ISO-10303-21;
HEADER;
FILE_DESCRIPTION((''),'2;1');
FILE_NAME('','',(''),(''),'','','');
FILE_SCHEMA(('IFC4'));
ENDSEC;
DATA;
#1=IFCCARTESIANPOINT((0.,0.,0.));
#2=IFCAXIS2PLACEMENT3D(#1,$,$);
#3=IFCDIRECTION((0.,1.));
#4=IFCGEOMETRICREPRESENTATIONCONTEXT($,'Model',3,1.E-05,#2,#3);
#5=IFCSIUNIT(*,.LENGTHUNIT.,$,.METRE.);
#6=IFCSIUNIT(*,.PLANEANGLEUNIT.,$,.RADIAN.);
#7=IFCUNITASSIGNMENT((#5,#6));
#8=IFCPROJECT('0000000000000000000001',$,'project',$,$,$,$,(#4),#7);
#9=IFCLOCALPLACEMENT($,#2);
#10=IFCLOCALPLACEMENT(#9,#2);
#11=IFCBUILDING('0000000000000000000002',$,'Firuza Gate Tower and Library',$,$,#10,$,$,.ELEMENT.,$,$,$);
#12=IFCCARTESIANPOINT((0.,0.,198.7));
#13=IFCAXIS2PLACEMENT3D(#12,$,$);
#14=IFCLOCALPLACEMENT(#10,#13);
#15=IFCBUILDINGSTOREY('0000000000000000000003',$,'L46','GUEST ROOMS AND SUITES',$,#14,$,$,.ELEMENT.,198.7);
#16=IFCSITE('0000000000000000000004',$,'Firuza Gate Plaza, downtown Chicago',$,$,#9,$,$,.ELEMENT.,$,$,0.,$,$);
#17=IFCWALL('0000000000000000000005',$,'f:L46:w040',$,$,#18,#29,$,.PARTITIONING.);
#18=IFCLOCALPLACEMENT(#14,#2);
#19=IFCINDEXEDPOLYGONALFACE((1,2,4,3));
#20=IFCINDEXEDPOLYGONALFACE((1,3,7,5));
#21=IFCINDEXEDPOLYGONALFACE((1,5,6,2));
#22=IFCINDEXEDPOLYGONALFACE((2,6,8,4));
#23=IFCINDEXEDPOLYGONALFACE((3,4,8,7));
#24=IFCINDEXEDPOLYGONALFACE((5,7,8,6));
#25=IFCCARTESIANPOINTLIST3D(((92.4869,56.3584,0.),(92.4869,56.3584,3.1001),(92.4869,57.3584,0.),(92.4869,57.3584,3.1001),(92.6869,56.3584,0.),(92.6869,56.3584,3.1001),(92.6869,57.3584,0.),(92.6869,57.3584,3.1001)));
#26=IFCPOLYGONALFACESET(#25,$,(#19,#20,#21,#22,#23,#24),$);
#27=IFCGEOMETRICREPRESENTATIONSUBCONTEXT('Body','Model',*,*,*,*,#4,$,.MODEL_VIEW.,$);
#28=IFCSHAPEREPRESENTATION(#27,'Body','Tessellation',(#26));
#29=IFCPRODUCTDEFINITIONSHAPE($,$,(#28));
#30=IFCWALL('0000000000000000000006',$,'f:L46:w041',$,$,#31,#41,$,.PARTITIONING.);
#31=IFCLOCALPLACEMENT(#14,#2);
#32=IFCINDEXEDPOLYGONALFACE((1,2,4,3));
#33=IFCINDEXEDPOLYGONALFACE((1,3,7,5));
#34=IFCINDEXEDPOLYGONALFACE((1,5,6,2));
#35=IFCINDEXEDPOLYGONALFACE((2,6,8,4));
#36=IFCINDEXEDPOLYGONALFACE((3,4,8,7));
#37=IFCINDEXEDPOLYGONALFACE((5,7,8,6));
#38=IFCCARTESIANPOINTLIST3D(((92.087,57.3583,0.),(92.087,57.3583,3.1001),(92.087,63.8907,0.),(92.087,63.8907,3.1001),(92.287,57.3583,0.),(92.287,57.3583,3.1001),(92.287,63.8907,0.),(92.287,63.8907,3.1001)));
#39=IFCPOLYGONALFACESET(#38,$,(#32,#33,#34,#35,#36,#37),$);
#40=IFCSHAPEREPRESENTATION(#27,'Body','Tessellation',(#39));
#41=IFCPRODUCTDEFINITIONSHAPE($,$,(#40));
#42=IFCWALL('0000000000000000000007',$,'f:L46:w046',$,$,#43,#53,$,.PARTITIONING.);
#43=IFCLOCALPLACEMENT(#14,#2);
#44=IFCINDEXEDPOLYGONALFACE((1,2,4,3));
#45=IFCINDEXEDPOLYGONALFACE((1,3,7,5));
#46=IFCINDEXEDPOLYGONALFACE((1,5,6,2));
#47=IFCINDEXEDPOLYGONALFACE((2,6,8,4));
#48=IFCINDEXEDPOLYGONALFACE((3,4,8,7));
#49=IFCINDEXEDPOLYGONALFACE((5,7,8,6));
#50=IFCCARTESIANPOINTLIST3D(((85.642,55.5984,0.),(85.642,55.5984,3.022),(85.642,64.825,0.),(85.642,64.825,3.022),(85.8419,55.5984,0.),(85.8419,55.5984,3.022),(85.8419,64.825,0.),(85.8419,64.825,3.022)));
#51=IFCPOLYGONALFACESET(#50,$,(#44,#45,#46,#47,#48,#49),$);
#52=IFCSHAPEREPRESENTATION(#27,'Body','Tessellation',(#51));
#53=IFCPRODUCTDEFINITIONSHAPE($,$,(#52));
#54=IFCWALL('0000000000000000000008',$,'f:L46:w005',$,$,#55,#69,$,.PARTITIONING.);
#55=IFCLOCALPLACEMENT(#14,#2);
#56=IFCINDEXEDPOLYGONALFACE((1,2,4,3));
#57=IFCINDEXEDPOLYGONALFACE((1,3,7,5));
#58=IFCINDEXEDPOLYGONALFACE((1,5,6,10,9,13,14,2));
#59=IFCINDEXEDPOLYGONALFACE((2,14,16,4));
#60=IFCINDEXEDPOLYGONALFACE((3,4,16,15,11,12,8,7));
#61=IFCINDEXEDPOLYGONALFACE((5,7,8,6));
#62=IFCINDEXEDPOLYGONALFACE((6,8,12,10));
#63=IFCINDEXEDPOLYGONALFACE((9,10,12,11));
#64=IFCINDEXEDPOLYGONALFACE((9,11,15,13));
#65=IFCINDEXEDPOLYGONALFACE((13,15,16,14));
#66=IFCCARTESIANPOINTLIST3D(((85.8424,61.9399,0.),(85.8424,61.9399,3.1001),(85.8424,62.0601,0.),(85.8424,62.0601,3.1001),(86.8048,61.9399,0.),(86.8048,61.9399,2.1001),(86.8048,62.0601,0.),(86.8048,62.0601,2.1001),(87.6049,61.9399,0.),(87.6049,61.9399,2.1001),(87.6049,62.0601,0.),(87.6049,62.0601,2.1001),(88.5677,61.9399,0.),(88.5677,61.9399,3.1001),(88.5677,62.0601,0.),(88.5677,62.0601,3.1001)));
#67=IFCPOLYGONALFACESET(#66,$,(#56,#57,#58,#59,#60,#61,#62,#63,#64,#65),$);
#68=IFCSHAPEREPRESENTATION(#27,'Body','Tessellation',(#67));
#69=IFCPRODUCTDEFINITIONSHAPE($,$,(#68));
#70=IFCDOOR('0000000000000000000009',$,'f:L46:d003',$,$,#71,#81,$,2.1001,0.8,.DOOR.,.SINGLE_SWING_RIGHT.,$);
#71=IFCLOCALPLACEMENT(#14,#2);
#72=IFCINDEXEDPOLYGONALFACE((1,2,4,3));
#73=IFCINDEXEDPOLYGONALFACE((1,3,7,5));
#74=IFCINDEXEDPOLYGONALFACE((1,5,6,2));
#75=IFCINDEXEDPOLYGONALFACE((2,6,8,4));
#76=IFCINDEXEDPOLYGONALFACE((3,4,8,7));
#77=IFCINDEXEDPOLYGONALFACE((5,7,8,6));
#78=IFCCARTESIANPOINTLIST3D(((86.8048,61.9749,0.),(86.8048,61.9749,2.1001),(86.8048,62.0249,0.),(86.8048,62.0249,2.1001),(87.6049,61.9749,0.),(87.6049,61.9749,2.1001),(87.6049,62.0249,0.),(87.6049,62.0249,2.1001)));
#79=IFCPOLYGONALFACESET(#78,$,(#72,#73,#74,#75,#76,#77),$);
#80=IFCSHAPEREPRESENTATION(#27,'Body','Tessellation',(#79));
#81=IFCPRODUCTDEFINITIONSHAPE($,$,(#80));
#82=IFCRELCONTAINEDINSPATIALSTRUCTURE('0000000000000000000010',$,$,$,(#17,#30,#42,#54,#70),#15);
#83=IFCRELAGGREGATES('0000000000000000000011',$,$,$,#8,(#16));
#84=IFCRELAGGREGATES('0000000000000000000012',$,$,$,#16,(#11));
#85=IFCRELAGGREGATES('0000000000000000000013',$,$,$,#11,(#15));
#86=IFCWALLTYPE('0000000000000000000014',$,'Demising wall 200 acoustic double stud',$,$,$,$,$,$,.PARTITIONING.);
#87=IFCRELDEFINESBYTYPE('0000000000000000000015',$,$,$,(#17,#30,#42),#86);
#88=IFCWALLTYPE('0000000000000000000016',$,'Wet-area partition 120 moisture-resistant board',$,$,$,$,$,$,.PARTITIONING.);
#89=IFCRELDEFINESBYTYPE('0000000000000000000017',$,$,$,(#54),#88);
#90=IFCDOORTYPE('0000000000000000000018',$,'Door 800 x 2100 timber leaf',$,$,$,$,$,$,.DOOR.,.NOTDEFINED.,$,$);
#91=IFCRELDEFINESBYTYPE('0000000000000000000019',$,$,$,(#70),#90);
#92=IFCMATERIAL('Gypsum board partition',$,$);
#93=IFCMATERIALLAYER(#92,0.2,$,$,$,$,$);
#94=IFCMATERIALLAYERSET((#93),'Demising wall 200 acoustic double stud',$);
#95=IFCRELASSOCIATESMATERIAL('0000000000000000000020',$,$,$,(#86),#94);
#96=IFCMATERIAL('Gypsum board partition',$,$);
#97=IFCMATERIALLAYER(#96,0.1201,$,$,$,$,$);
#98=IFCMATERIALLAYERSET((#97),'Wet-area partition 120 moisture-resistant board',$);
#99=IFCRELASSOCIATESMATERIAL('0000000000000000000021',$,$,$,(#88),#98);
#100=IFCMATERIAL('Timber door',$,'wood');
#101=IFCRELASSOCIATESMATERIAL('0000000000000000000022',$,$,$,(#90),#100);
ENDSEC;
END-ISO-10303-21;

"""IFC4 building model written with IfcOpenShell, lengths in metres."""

from ifc_helpers import new_model, si_unit, direction, frame, frame_2d, origin, place, context, subcontext, project, spatial, rectangle, extrude, material, layer, layer_set, type_object, element, fill, save


model = new_model("IFC4")

# Units and contexts
model_context = context("Model", 3, precision=1e-05, world=origin(), true_north=direction((0.0, 1.0)))
body_context = subcontext(model_context, "Body", "Model", "MODEL_VIEW")
ifc_project = project(units=[si_unit("LENGTHUNIT", "METRE"), si_unit("PLANEANGLEUNIT", "RADIAN")], contexts=[model_context])

# Site, building, storey
site_placement = place(None, origin())
site = spatial("IfcSite", under=ifc_project, at=site_placement, Name="Firuza Gate Plaza, downtown Chicago", CompositionType="ELEMENT", RefElevation=0.0)
building_placement = place(site_placement, origin())
building = spatial("IfcBuilding", under=site, at=building_placement, Name="Firuza Gate Tower and Library", CompositionType="ELEMENT")
storey_placement = place(building_placement, frame((0.0, 0.0, 198.7)))
storey = spatial("IfcBuildingStorey", under=building, at=storey_placement, Name="L46", Description="GUEST ROOMS AND SUITES", CompositionType="ELEMENT", Elevation=198.7)

# Walls
ifc_material_1 = material(Name="Gypsum board partition")
ifc_layer_1 = layer(ifc_material_1, 0.2)
ifc_layer_set_1 = layer_set([ifc_layer_1], Name="Demising wall 200 acoustic double stud")
wall_type_1 = type_object("IfcWallType", Name="Demising wall 200 acoustic double stud", PredefinedType="PARTITIONING", material=ifc_layer_set_1)
wall_1_placement = place(storey_placement, frame((92.5869, 56.3584, 0.0), z_axis=(0.0, 0.0, 1.0), x_axis=(0.0, 1.0, 0.0)))
element("IfcWall", 1, at=wall_1_placement, inside=storey, type_object=wall_type_1, Name="f:L46:w040", PredefinedType="PARTITIONING", context=body_context, shape_type="SweptSolid", body=[
    extrude(rectangle(XDim=1.0, YDim=0.2, at=frame_2d((0.5, 0.0))), origin(), (0.0, 0.0, 1.0), 3.1001),
])
wall_2_placement = place(storey_placement, frame((92.187, 57.3584, 0.0), z_axis=(0.0, 0.0, 1.0), x_axis=(0.0, 1.0, 0.0)))
element("IfcWall", 2, at=wall_2_placement, inside=storey, type_object=wall_type_1, Name="f:L46:w041", PredefinedType="PARTITIONING", context=body_context, shape_type="SweptSolid", body=[
    extrude(rectangle(XDim=6.5325, YDim=0.2, at=frame_2d((3.2661, 0.0))), origin(), (0.0, 0.0, 1.0), 3.1001),
])
wall_3_placement = place(storey_placement, frame((85.7419, 55.5984, 0.0), z_axis=(0.0, 0.0, 1.0), x_axis=(0.0, 1.0, 0.0)))
element("IfcWall", 3, at=wall_3_placement, inside=storey, type_object=wall_type_1, Name="f:L46:w046", PredefinedType="PARTITIONING", context=body_context, shape_type="SweptSolid", body=[
    extrude(rectangle(XDim=9.2266, YDim=0.2, at=frame_2d((4.6133, 0.0))), origin(), (0.0, 0.0, 1.0), 3.022),
])

# Wall, opening, door
ifc_material_2 = material(Name="Gypsum board partition")
ifc_layer_2 = layer(ifc_material_2, 0.1201)
ifc_layer_set_2 = layer_set([ifc_layer_2], Name="Wet-area partition 120 moisture-resistant board")
wall_type_2 = type_object("IfcWallType", Name="Wet-area partition 120 moisture-resistant board", PredefinedType="PARTITIONING", material=ifc_layer_set_2)
wall_4_placement = place(storey_placement, frame((85.8423, 62.0, 0.0), z_axis=(0.0, 0.0, 1.0), x_axis=(1.0, 0.0, 0.0)))
wall_4 = element("IfcWall", 4, at=wall_4_placement, inside=storey, type_object=wall_type_2, Name="f:L46:w005", PredefinedType="PARTITIONING", context=body_context, shape_type="SweptSolid", body=[
    extrude(rectangle(XDim=2.7253, YDim=0.1201, at=frame_2d((1.3628, 0.0))), origin(), (0.0, 0.0, 1.0), 3.1001),
])
opening_1_placement = place(wall_4_placement, frame((0.9626, 0.0, 0.0)))
opening_1 = element("IfcOpeningElement", 5, at=opening_1_placement, cuts=wall_4, PredefinedType="OPENING", context=body_context, shape_type="SweptSolid", body=[
    extrude(rectangle(XDim=0.8, YDim=2.1001, at=frame_2d((0.3999, 1.05))), frame((0.0, 0.0701, 0.0), z_axis=(0.0, -1.0, 0.0), x_axis=(1.0, 0.0, 0.0)), (0.0, 0.0, 1.0), 0.1401),
])
ifc_material_3 = material(Name="Timber door", Category="wood")
door_type_1 = type_object("IfcDoorType", Name="Door 800 x 2100 timber leaf", OperationType="NOTDEFINED", PredefinedType="DOOR", material=ifc_material_3)
door_1_placement = place(opening_1_placement, origin())
door_1 = element("IfcDoor", 6, at=door_1_placement, inside=storey, type_object=door_type_1, Name="f:L46:d003", OperationType="SINGLE_SWING_RIGHT", OverallHeight=2.1001, OverallWidth=0.8, PredefinedType="DOOR", context=body_context, shape_type="SweptSolid", body=[
    extrude(rectangle(XDim=0.8, YDim=2.1001, at=frame_2d((0.3999, 1.05))), frame((0.0, 0.0249, 0.0), z_axis=(0.0, -1.0, 0.0), x_axis=(1.0, 0.0, 0.0)), (0.0, 0.0, 1.0), 0.05),
])
fill(opening_1, door_1)

save(model, "model.ifc")
